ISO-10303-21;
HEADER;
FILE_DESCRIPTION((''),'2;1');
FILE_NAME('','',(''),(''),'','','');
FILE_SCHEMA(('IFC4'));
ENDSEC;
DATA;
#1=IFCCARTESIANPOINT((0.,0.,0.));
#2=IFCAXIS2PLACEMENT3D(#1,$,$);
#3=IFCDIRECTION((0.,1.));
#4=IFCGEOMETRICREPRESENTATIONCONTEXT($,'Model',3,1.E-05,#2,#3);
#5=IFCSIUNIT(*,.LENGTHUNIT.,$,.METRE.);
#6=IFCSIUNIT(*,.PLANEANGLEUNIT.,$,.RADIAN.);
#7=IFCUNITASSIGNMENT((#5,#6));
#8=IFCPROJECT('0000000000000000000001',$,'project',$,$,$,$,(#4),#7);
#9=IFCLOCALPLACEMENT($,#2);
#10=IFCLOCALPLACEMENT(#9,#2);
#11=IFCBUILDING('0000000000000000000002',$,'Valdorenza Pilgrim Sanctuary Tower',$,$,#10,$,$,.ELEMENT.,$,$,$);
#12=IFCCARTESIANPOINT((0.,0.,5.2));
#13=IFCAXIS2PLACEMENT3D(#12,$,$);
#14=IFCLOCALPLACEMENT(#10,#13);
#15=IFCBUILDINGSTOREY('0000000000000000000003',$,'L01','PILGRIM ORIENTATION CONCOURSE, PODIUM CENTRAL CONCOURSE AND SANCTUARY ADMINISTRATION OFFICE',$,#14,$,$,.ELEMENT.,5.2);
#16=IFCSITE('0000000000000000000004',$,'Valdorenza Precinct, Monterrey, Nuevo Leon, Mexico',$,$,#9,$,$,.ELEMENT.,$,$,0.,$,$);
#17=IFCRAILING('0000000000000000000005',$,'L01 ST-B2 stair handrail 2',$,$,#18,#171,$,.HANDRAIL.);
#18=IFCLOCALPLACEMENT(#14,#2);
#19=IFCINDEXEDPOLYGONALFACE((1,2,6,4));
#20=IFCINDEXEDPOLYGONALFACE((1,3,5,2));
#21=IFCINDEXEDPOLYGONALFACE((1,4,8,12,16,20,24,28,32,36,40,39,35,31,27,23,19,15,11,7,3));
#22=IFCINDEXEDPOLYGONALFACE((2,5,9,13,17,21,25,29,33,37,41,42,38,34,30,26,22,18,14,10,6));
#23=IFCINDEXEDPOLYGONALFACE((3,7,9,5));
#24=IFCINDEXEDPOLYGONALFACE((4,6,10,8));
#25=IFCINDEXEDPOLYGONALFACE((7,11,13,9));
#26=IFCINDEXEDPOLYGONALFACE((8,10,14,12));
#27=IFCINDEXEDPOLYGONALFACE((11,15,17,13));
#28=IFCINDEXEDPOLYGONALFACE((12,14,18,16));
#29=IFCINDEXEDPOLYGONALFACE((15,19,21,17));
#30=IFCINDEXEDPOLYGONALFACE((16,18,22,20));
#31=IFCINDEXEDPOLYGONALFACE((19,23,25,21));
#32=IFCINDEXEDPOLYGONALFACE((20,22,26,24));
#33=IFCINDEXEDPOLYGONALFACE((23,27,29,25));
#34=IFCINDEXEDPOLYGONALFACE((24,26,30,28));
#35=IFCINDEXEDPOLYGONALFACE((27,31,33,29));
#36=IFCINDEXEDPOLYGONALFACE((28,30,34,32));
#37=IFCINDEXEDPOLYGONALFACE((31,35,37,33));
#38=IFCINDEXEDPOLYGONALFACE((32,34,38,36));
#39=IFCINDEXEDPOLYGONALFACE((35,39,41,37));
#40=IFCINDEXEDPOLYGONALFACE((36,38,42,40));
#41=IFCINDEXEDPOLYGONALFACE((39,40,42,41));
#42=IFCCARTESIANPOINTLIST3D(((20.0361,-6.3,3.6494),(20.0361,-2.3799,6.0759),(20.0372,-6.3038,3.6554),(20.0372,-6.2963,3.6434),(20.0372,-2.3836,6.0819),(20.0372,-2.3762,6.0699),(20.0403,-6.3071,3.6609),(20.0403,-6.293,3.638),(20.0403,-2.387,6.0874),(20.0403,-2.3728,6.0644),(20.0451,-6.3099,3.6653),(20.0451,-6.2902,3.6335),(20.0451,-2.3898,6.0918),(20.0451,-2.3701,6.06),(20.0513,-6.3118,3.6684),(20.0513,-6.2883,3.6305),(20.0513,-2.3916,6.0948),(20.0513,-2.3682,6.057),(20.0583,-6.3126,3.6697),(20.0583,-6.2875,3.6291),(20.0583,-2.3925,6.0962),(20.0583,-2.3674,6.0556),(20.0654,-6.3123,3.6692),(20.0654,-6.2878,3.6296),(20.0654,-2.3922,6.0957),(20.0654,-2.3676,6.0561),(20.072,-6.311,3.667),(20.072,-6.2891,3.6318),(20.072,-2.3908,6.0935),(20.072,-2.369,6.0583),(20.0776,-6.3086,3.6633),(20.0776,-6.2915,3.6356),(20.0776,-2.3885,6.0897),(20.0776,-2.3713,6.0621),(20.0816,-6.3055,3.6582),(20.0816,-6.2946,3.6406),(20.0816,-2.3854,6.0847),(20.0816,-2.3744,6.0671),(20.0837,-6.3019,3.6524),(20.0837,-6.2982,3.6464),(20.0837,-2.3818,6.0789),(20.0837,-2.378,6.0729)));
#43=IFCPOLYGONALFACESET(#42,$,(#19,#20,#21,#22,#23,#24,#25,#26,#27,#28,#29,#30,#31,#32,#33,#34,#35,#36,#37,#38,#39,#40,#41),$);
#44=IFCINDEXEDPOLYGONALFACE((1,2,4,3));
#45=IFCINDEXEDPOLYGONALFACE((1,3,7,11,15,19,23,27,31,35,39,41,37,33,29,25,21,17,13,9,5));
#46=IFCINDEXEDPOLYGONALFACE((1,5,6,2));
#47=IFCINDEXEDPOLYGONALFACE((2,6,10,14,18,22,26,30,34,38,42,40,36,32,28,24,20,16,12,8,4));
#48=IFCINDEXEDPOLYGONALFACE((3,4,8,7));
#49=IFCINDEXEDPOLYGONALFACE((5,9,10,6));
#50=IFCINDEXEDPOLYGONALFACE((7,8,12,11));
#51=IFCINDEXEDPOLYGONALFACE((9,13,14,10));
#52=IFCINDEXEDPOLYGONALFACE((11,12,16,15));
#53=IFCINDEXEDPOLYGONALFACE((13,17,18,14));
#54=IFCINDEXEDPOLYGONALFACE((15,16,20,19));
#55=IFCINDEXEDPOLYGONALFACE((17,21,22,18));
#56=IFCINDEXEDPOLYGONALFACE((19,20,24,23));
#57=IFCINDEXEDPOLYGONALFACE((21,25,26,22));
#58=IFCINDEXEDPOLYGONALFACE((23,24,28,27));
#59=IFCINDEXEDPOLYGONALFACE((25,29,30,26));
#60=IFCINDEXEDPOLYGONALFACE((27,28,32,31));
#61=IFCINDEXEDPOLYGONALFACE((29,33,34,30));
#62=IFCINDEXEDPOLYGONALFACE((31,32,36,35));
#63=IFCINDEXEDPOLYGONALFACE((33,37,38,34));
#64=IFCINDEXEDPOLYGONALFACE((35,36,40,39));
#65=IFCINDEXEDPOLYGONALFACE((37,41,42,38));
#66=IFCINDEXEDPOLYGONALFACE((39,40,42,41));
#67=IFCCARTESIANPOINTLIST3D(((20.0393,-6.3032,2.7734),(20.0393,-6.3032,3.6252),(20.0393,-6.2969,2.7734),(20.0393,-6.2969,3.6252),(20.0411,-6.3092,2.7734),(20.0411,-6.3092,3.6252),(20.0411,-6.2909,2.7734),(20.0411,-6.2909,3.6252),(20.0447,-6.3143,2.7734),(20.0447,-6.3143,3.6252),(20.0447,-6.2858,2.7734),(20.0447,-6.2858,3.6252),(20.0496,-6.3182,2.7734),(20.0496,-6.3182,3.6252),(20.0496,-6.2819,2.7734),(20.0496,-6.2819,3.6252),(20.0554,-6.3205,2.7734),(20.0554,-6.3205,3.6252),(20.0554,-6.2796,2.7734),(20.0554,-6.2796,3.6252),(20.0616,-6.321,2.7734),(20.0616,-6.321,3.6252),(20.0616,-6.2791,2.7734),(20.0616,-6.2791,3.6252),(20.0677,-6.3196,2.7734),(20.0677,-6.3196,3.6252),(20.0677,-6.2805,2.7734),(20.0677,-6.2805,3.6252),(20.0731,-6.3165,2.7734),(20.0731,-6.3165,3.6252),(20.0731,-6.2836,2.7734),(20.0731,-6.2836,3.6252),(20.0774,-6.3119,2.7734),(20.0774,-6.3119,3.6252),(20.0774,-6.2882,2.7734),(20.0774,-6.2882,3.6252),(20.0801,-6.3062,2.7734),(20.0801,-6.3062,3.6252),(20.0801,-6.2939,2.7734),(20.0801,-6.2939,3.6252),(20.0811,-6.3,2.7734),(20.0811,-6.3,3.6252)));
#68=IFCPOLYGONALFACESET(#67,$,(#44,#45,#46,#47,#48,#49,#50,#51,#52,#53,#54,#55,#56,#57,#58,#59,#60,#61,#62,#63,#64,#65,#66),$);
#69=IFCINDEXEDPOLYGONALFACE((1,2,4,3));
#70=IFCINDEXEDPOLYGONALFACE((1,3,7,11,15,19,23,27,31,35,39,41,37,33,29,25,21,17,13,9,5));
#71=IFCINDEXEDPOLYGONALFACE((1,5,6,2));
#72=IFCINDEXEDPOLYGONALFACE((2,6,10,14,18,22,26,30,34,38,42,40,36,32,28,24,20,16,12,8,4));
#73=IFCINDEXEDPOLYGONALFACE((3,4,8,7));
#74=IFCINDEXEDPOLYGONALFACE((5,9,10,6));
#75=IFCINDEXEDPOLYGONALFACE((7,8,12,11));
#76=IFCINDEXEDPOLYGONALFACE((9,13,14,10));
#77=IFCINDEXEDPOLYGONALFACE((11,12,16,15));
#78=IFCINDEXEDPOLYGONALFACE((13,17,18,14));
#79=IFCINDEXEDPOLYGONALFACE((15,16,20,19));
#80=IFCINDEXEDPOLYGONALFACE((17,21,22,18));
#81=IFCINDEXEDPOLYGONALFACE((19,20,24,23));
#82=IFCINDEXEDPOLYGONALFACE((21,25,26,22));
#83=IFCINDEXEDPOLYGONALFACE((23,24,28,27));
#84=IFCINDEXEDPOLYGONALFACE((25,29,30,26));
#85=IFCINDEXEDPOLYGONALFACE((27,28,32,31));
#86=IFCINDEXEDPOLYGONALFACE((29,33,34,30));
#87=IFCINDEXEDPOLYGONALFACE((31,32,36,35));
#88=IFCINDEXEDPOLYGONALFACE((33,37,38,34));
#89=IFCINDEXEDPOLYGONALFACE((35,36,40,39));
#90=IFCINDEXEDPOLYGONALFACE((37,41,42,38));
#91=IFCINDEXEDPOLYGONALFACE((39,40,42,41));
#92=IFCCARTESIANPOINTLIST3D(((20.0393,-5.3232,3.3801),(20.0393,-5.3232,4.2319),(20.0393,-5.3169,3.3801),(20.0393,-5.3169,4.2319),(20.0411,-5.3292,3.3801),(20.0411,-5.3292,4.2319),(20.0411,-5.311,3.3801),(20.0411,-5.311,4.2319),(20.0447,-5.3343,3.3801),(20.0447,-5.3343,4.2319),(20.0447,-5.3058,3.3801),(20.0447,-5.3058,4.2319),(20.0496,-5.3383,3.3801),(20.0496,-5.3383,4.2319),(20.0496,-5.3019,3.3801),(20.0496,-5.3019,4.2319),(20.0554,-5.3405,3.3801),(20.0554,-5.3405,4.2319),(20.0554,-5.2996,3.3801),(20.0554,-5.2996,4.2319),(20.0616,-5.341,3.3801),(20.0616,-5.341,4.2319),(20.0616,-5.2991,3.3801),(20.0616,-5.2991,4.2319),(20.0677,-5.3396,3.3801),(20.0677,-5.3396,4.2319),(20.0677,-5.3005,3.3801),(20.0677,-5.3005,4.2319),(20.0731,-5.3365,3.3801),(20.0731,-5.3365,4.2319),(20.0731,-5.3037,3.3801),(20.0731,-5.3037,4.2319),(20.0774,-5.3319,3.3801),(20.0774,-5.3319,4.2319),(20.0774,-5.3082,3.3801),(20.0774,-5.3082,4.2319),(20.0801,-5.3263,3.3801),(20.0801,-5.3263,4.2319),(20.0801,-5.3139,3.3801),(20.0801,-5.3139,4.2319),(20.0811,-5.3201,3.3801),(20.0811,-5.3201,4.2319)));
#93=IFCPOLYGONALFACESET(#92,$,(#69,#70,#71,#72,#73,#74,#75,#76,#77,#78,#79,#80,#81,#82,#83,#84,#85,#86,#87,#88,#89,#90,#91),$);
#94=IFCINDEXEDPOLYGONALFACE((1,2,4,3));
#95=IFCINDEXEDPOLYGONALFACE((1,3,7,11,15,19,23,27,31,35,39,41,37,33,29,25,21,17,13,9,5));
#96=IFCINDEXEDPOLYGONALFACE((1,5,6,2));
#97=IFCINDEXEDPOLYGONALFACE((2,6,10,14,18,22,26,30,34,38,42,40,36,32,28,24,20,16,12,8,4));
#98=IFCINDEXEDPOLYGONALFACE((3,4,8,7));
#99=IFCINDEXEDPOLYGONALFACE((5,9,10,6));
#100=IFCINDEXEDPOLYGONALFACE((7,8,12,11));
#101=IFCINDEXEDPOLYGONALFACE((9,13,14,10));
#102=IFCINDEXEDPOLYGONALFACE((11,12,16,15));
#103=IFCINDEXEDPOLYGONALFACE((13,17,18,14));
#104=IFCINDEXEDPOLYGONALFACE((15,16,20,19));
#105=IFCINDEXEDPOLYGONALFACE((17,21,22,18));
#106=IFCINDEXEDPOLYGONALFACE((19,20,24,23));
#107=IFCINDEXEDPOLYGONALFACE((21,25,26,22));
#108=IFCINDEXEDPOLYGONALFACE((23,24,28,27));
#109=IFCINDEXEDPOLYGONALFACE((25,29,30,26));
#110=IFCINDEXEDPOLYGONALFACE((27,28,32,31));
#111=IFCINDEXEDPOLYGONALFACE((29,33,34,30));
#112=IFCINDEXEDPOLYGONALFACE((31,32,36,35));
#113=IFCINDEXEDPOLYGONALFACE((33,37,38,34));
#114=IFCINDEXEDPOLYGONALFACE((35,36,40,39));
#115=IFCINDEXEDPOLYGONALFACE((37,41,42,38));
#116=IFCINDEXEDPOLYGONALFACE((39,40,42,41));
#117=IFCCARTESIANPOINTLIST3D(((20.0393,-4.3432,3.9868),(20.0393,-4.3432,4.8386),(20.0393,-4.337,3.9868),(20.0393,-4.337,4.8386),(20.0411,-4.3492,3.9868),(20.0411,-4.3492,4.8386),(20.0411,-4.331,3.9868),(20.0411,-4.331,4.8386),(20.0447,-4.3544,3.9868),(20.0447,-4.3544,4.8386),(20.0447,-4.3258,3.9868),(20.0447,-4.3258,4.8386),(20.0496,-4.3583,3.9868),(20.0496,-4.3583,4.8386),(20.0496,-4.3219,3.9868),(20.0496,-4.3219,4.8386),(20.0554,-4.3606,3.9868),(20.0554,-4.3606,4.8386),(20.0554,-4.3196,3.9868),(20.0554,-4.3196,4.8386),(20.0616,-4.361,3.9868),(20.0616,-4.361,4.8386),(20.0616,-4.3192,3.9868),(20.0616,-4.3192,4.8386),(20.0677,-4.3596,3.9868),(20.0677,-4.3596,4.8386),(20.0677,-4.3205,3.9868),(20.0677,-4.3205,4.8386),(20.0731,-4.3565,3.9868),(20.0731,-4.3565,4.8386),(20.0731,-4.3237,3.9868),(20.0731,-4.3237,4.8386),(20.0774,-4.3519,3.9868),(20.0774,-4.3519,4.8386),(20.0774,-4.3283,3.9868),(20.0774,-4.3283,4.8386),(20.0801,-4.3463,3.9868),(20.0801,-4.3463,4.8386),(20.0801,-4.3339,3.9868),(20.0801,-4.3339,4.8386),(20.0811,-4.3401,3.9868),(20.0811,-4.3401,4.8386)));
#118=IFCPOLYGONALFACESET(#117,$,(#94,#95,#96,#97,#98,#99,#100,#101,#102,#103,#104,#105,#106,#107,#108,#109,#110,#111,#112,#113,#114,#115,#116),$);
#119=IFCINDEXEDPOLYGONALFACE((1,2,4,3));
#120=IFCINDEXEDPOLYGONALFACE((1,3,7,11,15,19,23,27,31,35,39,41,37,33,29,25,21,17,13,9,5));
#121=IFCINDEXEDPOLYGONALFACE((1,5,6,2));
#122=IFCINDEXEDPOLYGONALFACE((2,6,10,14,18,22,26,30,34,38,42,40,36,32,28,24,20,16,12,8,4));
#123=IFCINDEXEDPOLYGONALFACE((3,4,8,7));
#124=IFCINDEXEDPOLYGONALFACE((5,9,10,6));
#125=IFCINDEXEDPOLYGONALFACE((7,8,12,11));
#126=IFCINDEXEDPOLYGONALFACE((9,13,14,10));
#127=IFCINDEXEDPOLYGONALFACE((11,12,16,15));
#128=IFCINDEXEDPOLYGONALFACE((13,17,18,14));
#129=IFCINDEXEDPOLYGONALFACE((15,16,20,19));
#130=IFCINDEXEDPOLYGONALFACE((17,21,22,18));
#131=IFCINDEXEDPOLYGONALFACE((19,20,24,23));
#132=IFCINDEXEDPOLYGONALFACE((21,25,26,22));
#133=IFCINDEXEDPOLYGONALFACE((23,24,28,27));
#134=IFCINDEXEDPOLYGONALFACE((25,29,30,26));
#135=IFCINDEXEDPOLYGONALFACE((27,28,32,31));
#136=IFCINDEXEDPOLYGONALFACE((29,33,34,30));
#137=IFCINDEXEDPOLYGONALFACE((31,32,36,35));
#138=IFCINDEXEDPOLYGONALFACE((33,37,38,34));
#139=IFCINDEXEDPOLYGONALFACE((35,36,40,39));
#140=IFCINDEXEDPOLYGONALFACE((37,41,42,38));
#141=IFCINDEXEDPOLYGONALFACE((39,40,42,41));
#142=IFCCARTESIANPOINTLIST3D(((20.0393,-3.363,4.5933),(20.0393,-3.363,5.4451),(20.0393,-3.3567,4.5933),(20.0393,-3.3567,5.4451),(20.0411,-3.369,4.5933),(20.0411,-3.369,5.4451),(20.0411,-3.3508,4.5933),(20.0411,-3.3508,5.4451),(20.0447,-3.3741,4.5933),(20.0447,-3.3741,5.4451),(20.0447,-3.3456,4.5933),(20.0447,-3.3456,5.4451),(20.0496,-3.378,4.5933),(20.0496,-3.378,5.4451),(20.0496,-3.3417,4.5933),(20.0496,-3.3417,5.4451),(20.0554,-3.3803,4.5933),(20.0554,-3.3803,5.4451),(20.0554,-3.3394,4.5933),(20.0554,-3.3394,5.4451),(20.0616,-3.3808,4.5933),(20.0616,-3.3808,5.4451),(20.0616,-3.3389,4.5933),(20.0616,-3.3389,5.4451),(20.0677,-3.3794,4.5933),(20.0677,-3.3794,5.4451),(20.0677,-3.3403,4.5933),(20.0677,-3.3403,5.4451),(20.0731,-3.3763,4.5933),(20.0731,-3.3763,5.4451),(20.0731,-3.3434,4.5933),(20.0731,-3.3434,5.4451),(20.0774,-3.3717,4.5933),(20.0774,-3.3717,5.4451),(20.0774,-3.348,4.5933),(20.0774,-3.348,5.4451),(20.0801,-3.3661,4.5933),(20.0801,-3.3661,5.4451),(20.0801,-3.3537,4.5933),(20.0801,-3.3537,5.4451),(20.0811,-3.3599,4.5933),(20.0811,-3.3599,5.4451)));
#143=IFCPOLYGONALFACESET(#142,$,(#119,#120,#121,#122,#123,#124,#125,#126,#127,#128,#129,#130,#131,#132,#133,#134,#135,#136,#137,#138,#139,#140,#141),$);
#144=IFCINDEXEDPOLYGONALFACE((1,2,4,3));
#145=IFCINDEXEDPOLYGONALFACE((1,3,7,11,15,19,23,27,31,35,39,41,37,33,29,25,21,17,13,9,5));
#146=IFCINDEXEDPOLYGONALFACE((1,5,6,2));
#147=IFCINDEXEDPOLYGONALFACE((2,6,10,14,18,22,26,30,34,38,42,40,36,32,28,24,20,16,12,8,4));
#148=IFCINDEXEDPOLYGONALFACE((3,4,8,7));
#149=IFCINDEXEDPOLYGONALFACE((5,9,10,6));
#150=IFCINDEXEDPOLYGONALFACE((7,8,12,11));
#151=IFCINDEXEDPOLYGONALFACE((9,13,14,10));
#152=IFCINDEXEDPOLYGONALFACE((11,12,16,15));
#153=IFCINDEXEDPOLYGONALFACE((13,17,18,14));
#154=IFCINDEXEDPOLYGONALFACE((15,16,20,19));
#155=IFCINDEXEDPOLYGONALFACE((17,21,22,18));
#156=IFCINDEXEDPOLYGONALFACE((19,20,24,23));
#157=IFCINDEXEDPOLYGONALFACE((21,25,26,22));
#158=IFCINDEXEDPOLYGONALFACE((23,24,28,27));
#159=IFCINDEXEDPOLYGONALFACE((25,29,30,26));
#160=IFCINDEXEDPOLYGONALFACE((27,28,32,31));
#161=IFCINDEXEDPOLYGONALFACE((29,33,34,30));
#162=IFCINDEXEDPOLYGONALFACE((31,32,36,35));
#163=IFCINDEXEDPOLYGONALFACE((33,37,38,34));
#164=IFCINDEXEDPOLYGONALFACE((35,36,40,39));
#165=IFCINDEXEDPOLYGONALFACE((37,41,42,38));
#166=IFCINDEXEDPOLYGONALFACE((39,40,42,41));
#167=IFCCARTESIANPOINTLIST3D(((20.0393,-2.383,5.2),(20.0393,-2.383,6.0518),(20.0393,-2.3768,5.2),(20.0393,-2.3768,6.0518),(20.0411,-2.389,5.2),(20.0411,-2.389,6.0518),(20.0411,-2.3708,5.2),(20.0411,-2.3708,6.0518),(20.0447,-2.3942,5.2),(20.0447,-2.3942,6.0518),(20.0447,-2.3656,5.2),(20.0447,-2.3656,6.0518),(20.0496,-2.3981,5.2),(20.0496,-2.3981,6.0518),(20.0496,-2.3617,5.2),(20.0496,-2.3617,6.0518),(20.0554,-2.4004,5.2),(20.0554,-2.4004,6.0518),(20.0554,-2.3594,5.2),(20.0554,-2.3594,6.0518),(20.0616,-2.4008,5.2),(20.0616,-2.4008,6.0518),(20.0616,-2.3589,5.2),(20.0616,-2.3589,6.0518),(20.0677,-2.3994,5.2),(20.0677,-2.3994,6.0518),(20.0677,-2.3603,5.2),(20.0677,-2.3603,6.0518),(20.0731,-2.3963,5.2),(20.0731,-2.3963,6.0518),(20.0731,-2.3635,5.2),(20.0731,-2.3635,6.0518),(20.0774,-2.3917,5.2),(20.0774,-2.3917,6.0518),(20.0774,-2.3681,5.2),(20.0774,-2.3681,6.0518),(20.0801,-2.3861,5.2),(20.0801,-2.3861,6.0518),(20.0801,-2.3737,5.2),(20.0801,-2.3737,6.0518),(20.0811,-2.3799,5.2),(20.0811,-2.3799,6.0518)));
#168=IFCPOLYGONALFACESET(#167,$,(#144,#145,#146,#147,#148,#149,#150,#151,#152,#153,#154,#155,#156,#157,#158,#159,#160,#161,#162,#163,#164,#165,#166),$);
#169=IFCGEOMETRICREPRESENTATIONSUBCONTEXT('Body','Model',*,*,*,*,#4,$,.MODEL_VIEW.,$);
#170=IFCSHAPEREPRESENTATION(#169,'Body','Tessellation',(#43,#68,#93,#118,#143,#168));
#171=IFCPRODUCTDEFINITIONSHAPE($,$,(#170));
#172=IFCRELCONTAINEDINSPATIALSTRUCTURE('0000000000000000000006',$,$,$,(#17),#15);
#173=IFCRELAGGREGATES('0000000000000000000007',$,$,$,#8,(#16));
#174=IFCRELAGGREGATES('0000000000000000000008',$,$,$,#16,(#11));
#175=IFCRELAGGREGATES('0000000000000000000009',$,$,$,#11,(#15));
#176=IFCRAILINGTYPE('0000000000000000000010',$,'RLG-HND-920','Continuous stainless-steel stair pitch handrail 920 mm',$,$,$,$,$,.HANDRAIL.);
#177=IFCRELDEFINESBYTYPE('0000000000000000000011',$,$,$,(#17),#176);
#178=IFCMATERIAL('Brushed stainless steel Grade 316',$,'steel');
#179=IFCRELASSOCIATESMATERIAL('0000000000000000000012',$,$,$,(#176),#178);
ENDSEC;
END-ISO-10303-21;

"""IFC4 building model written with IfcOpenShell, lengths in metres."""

from ifc_helpers import new_model, si_unit, direction, frame, origin, origin_2d, place, context, subcontext, project, spatial, circle, extrude, material, type_object, element, save


model = new_model("IFC4")

# Units and contexts
model_context = context("Model", 3, precision=1e-05, world=origin(), true_north=direction((0.0, 1.0)))
body_context = subcontext(model_context, "Body", "Model", "MODEL_VIEW")
ifc_project = project(units=[si_unit("LENGTHUNIT", "METRE"), si_unit("PLANEANGLEUNIT", "RADIAN")], contexts=[model_context])

# Site, building, storey
site_placement = place(None, origin())
site = spatial("IfcSite", under=ifc_project, at=site_placement, Name="Valdorenza Precinct, Monterrey, Nuevo Leon, Mexico", CompositionType="ELEMENT", RefElevation=0.0)
building_placement = place(site_placement, origin())
building = spatial("IfcBuilding", under=site, at=building_placement, Name="Valdorenza Pilgrim Sanctuary Tower", CompositionType="ELEMENT")
storey_placement = place(building_placement, frame((0.0, 0.0, 5.2)))
storey = spatial("IfcBuildingStorey", under=building, at=storey_placement, Name="L01", Description="PILGRIM ORIENTATION CONCOURSE, PODIUM CENTRAL CONCOURSE AND SANCTUARY ADMINISTRATION OFFICE", CompositionType="ELEMENT", Elevation=5.2)

# Shared definitions
ifc_material_1 = material(Name="Brushed stainless steel Grade 316", Category="steel")

# Railing
railing_type_1 = type_object("IfcRailingType", Name="RLG-HND-920", Description="Continuous stainless-steel stair pitch handrail 920 mm", PredefinedType="HANDRAIL", material=ifc_material_1)
railing_1_placement = place(storey_placement, frame((20.0601, -6.3, 2.7734)))
element("IfcRailing", 1, at=railing_1_placement, inside=storey, type_object=railing_type_1, Name="L01 ST-B2 stair handrail 2", PredefinedType="HANDRAIL", context=body_context, shape_type="SweptSolid", body=[
    extrude(circle(Radius=0.0239, at=origin_2d()), frame((0.0, 0.0, 0.876), z_axis=(0.0, 0.85029, 0.526315), x_axis=(-1.0, 0.0, 0.0)), (0.0, 0.0, 1.0), 4.6104),
    extrude(circle(Radius=0.021, at=origin_2d()), origin(), (0.0, 0.0, 1.0), 0.8518),
    extrude(circle(Radius=0.021, at=origin_2d()), frame((0.0, 0.98, 0.6067)), (0.0, 0.0, 1.0), 0.8518),
    extrude(circle(Radius=0.021, at=origin_2d()), frame((0.0, 1.96, 1.2134)), (0.0, 0.0, 1.0), 0.8518),
    extrude(circle(Radius=0.021, at=origin_2d()), frame((0.0, 2.9402, 1.8198)), (0.0, 0.0, 1.0), 0.8518),
    extrude(circle(Radius=0.021, at=origin_2d()), frame((0.0, 3.9202, 2.4265)), (0.0, 0.0, 1.0), 0.8518),
])

save(model, "model.ifc")
